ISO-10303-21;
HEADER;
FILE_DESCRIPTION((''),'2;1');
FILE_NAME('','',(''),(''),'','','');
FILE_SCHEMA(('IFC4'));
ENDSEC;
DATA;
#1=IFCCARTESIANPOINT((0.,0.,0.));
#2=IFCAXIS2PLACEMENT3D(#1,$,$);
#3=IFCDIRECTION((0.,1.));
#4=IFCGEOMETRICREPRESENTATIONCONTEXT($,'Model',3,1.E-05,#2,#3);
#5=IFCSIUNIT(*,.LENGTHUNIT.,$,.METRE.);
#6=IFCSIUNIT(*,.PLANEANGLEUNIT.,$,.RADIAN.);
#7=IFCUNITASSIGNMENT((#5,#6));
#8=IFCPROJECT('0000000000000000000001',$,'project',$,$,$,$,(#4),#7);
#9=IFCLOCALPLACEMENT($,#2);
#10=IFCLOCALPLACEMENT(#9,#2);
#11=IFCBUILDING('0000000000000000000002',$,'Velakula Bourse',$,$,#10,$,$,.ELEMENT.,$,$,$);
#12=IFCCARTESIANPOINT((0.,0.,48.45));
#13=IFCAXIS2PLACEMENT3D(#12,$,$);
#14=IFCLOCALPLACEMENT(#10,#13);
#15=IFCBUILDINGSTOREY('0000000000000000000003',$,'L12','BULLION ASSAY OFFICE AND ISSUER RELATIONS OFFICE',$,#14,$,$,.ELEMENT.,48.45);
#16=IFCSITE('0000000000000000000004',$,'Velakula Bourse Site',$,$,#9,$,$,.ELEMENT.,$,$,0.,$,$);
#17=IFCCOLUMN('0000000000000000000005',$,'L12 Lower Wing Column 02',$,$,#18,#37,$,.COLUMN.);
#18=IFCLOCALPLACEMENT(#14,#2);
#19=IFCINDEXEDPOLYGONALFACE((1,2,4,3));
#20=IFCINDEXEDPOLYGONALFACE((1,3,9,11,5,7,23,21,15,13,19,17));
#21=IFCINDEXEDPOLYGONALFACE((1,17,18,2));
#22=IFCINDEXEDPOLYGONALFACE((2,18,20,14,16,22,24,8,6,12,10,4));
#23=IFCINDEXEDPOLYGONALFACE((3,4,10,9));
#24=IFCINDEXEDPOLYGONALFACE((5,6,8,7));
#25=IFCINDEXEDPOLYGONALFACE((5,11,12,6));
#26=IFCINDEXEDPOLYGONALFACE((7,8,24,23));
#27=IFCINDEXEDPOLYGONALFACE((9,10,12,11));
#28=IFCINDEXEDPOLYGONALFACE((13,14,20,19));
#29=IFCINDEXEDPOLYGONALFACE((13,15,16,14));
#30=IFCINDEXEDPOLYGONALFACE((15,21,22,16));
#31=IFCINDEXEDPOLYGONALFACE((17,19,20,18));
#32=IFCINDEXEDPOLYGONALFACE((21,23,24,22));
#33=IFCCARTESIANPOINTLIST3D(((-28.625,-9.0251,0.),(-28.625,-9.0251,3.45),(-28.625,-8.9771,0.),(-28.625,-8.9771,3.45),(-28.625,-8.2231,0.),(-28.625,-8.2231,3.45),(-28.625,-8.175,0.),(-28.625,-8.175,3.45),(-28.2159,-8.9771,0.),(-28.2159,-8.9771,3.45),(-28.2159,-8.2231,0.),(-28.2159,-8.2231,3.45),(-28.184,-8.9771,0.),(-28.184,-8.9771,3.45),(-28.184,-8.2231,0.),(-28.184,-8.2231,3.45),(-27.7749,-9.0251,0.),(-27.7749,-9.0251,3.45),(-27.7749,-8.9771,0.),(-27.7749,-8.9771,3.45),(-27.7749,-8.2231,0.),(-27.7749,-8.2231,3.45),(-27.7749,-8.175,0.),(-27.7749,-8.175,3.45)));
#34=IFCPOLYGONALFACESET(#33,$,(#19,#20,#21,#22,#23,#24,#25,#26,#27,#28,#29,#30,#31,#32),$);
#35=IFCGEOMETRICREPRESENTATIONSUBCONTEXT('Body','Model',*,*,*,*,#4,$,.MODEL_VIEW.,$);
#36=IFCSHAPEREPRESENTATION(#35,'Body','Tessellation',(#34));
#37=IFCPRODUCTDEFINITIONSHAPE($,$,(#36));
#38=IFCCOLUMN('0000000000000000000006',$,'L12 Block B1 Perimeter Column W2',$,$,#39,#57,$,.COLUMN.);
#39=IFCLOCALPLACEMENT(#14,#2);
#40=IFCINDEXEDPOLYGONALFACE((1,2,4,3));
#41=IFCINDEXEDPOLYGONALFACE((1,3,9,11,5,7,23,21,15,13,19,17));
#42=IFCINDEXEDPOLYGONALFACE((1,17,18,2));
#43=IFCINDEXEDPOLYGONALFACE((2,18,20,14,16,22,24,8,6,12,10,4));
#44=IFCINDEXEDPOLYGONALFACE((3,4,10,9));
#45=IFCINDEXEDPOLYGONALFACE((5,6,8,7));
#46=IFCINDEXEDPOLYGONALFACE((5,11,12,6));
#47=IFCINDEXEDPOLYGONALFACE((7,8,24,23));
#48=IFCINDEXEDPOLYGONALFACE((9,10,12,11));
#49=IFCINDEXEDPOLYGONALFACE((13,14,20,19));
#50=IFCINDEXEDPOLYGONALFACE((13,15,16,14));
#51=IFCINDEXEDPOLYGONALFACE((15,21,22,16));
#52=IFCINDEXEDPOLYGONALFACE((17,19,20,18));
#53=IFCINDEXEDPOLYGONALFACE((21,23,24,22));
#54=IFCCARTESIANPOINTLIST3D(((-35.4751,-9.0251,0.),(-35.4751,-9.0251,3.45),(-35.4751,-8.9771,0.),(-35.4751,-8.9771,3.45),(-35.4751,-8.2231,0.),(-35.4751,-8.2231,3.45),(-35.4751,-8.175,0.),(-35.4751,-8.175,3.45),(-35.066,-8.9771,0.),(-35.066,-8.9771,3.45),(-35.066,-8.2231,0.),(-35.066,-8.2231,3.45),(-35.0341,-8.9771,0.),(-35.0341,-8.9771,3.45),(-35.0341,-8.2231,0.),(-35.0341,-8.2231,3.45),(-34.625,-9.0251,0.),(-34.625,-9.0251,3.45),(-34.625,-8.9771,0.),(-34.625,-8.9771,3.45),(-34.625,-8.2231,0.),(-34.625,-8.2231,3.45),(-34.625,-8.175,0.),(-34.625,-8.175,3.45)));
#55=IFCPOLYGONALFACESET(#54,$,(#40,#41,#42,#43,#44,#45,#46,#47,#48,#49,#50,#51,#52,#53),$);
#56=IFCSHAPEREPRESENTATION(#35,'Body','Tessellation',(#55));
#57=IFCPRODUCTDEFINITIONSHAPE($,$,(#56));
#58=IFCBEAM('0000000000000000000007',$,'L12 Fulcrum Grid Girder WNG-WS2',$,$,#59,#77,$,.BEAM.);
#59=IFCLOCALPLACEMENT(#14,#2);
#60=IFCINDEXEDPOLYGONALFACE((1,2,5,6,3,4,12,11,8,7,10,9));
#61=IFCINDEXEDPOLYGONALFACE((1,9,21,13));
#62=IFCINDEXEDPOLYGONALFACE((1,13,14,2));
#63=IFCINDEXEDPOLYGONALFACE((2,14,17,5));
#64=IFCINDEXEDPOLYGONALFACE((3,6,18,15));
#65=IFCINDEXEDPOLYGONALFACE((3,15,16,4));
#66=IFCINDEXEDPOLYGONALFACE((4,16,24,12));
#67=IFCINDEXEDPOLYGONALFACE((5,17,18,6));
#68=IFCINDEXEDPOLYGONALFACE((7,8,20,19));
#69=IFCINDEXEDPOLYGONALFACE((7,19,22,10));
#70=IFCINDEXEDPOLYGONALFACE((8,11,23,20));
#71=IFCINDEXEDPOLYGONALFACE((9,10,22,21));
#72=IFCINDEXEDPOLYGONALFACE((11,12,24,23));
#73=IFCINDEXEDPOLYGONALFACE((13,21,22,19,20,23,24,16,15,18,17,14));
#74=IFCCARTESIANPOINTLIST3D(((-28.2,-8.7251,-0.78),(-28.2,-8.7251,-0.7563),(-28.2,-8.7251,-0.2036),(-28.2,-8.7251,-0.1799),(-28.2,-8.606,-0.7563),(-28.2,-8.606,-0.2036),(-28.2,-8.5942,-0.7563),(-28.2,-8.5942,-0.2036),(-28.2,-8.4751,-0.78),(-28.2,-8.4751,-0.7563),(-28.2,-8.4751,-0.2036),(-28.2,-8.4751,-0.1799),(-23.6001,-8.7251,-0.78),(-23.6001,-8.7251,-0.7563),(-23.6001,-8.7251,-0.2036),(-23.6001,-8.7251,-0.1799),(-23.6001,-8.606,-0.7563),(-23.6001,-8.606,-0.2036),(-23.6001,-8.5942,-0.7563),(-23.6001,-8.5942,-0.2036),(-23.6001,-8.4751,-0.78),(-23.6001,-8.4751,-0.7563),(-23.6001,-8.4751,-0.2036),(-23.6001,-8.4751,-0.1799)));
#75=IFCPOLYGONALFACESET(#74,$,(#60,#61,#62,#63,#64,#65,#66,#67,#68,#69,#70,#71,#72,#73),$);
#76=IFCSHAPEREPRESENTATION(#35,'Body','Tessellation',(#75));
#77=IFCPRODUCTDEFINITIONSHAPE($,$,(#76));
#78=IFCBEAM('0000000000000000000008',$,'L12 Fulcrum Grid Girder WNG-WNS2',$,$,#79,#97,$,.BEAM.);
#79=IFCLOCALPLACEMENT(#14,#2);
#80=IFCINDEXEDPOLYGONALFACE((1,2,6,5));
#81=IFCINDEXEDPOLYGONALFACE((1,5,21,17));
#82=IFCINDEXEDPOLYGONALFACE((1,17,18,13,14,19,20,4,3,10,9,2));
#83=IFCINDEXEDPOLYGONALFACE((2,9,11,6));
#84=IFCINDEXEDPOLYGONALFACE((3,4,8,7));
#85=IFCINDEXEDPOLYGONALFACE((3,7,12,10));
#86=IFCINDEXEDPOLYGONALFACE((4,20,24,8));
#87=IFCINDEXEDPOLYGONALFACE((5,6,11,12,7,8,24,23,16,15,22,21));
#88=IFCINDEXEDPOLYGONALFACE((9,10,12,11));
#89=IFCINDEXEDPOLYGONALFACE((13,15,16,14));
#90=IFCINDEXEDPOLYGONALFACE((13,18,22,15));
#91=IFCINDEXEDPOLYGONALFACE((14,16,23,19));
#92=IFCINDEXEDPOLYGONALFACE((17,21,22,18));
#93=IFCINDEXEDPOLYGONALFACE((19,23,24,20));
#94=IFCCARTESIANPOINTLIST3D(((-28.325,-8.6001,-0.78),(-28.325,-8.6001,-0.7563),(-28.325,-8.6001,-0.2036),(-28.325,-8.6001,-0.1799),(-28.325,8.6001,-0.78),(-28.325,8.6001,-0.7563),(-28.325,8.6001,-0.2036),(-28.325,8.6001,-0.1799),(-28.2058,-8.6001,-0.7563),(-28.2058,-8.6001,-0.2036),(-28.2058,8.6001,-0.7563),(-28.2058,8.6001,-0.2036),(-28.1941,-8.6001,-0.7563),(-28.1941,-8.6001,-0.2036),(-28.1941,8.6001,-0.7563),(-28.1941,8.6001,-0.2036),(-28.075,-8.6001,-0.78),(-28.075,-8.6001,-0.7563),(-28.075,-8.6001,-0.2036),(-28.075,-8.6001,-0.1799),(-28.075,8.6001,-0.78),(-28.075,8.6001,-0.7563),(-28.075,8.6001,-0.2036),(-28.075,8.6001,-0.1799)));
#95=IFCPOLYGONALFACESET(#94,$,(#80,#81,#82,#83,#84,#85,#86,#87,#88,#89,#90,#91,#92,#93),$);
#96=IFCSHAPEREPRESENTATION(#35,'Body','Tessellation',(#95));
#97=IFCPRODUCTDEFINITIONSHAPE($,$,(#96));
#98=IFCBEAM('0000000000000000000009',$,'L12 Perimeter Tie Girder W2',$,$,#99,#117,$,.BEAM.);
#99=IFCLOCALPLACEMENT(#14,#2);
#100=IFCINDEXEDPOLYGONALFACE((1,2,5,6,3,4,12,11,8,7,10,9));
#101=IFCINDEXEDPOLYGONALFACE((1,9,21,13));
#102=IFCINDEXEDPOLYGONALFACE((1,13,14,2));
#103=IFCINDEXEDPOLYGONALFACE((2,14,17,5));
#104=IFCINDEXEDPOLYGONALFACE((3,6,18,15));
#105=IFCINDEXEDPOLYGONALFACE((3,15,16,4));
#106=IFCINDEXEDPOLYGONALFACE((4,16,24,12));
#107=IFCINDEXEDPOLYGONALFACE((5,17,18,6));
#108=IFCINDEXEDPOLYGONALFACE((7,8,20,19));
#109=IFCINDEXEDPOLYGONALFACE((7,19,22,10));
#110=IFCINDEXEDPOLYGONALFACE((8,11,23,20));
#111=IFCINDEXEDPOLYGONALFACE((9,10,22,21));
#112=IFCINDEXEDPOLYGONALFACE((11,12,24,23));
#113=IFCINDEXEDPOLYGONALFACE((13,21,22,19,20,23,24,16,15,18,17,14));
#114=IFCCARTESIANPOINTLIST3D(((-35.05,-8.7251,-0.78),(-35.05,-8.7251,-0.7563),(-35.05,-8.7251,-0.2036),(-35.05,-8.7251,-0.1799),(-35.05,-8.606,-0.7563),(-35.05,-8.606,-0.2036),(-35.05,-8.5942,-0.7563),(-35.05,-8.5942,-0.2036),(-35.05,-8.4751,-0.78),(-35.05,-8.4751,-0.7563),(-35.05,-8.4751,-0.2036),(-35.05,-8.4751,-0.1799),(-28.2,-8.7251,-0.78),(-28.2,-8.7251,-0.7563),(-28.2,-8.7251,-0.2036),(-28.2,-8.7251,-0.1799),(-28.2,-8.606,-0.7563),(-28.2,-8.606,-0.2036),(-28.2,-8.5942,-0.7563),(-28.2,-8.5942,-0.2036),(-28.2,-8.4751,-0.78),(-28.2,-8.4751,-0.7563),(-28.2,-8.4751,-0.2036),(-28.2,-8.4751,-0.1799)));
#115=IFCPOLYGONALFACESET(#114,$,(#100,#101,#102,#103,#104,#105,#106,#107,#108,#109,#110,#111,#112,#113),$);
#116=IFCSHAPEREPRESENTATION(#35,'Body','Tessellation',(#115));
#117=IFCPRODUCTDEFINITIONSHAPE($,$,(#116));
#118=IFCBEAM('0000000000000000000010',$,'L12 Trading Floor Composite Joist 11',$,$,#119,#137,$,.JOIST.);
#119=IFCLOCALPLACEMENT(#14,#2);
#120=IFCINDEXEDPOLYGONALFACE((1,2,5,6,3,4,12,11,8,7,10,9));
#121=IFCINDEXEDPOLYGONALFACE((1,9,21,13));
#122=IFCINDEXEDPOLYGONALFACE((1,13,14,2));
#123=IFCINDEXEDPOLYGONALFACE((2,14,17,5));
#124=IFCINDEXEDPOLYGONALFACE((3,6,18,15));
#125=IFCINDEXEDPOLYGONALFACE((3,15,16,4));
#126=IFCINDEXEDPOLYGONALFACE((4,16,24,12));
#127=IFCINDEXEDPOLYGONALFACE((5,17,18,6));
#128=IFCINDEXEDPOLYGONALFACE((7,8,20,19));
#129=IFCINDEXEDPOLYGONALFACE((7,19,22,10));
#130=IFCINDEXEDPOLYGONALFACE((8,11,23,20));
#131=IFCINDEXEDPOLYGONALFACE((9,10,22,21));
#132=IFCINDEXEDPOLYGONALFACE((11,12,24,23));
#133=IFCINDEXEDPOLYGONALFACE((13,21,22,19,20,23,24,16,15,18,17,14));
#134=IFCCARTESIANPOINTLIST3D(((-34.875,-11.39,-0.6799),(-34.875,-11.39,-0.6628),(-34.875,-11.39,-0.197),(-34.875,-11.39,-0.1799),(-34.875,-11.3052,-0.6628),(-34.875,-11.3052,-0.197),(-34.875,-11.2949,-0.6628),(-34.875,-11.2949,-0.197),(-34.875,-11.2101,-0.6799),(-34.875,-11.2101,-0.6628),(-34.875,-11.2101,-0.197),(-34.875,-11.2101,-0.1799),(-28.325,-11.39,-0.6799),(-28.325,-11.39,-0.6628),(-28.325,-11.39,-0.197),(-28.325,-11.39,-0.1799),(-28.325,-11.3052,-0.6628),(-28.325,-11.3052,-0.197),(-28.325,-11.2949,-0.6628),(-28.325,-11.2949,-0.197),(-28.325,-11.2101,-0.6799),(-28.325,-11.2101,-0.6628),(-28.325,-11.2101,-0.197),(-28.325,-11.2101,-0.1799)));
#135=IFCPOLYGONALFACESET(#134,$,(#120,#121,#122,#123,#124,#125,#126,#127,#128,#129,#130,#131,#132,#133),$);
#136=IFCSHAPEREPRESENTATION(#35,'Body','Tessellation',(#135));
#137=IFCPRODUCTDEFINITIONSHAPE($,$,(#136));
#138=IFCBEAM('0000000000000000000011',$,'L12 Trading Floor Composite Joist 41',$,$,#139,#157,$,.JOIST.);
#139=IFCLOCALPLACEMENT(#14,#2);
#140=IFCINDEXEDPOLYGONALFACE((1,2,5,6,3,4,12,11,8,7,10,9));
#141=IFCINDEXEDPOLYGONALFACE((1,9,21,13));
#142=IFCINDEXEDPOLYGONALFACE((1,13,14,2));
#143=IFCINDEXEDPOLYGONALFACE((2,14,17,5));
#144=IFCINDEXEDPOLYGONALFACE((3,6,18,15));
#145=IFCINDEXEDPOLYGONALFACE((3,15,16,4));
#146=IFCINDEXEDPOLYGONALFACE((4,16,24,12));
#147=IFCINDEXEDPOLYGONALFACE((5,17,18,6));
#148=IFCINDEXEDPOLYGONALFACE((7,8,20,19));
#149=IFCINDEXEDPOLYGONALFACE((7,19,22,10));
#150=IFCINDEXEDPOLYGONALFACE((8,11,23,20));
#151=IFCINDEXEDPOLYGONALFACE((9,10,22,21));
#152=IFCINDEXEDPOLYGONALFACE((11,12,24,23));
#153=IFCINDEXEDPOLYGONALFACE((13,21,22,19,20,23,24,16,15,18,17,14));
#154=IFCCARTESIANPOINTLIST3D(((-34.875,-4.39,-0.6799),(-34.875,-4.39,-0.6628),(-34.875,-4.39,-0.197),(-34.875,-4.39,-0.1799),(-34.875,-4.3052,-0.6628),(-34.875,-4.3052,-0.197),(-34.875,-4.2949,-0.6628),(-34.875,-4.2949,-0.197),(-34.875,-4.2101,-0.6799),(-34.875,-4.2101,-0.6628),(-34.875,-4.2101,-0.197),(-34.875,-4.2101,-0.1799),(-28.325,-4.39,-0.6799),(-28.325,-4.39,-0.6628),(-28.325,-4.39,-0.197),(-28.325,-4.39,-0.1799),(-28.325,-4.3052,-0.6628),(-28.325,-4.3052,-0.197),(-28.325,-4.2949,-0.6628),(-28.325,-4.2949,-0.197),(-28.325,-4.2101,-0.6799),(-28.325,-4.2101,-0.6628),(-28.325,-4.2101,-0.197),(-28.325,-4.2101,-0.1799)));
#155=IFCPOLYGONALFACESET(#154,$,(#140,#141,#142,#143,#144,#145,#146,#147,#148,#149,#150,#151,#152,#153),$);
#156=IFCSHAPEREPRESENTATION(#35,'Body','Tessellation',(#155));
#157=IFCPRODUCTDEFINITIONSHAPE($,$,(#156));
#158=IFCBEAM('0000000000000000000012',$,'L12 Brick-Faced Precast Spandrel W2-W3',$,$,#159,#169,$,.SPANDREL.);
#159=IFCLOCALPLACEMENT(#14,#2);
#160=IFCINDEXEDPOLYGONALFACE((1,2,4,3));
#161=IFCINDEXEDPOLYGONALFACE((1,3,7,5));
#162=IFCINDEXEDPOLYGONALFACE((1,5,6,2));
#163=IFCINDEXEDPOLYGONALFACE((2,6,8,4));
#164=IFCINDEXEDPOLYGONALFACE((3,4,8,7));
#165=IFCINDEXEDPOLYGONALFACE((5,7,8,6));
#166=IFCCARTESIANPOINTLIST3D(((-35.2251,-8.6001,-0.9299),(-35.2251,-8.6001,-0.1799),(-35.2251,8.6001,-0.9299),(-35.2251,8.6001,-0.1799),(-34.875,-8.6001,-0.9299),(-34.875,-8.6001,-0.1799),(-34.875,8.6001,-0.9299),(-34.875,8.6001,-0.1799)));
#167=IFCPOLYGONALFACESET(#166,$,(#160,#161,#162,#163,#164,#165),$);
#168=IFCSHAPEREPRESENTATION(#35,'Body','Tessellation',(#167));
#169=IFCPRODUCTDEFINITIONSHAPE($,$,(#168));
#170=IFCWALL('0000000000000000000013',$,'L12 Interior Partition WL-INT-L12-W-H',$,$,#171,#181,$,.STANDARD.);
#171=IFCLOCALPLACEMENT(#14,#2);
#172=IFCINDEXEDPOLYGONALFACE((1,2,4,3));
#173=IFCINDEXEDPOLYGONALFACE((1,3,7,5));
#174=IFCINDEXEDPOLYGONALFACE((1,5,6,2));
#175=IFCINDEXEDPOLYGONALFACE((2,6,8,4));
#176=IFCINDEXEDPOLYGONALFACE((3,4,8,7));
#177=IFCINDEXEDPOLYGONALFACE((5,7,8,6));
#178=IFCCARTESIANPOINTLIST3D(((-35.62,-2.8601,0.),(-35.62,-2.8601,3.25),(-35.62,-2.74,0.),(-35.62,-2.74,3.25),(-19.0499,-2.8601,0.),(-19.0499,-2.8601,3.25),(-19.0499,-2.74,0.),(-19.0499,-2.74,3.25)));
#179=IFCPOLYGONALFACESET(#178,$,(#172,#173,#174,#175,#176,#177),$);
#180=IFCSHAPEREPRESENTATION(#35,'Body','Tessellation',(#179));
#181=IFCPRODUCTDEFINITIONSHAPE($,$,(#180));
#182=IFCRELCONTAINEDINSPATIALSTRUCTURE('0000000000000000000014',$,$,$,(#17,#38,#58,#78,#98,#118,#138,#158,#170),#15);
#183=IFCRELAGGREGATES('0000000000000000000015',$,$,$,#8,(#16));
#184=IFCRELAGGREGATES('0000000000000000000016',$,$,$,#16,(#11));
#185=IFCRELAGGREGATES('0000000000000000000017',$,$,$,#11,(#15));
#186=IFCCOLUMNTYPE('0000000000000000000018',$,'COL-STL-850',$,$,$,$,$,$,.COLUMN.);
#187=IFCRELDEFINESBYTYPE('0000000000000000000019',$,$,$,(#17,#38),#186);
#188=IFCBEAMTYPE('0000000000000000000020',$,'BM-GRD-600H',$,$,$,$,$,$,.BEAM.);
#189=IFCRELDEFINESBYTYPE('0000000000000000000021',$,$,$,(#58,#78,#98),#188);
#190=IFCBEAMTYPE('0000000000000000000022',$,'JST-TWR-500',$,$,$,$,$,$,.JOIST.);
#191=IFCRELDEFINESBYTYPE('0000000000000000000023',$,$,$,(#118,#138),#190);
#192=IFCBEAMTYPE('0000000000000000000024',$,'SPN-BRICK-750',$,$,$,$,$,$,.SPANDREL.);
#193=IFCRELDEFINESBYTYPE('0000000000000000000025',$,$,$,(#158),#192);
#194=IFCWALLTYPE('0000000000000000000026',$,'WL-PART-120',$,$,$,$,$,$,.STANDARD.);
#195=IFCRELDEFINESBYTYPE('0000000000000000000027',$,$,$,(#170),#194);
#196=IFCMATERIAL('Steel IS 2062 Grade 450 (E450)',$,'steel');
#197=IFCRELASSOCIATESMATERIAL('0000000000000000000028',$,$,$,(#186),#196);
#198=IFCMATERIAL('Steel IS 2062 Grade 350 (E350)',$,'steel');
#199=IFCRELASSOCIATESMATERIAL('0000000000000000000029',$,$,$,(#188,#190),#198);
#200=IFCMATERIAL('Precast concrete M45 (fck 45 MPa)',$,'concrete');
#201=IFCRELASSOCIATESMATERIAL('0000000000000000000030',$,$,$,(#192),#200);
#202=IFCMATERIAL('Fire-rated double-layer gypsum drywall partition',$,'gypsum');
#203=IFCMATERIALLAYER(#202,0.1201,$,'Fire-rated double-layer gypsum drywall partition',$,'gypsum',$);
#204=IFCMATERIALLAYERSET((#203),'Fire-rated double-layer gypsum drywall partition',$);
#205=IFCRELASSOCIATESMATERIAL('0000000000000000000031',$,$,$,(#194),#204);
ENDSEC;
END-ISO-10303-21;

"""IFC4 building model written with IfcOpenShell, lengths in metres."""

from ifc_helpers import new_model, si_unit, direction, frame, frame_2d, origin, origin_2d, place, context, subcontext, project, spatial, rectangle, i_section, extrude, material, layer, layer_set, material_profile, profile_set, type_object, element, save


model = new_model("IFC4")

# Units and contexts
model_context = context("Model", 3, precision=1e-05, world=origin(), true_north=direction((0.0, 1.0)))
body_context = subcontext(model_context, "Body", "Model", "MODEL_VIEW")
ifc_project = project(units=[si_unit("LENGTHUNIT", "METRE"), si_unit("PLANEANGLEUNIT", "RADIAN")], contexts=[model_context])

# Site, building, storey
site_placement = place(None, origin())
site = spatial("IfcSite", under=ifc_project, at=site_placement, Name="Velakula Bourse Site", CompositionType="ELEMENT", RefElevation=0.0)
building_placement = place(site_placement, origin())
building = spatial("IfcBuilding", under=site, at=building_placement, Name="Velakula Bourse", CompositionType="ELEMENT")
storey_placement = place(building_placement, frame((0.0, 0.0, 48.45)))
storey = spatial("IfcBuildingStorey", under=building, at=storey_placement, Name="L12", Description="BULLION ASSAY OFFICE AND ISSUER RELATIONS OFFICE", CompositionType="ELEMENT", Elevation=48.45)

# Columns
ifc_material_1 = material(Name="Steel IS 2062 Grade 450 (E450)", Category="steel")
ifc_material_profile_1 = material_profile(ifc_material_1, i_section(OverallWidth=0.8501, OverallDepth=0.8501, WebThickness=0.032, FlangeThickness=0.0481, at=origin_2d()), Name="Steel IS 2062 Grade 450 (E450)")
ifc_profile_set_1 = profile_set([ifc_material_profile_1], Name="Steel IS 2062 Grade 450 (E450)")
column_type = type_object("IfcColumnType", Name="COL-STL-850", PredefinedType="COLUMN", material=ifc_profile_set_1)
for number, where, z_axis, x_axis, name in (
    (1, (-28.2, -8.6001, 0.0), (0.0, 0.0, 1.0), (1.0, 0.0, 0.0), "L12 Lower Wing Column 02"),
    (2, (-35.05, -8.6001, 0.0), (0.0, 0.0, 1.0), (1.0, 0.0, 0.0), "L12 Block B1 Perimeter Column W2"),
):
    element("IfcColumn", number, at=place(storey_placement, frame(where, z_axis=z_axis, x_axis=x_axis)), inside=storey, type_object=column_type, Name=name, PredefinedType="COLUMN", context=body_context, shape_type="SweptSolid", body=[
        extrude(i_section(OverallWidth=0.8501, OverallDepth=0.8501, WebThickness=0.032, FlangeThickness=0.0481, at=origin_2d()), origin(), (0.0, 0.0, 1.0), 3.45),
    ])

# Beams
ifc_material_2 = material(Name="Steel IS 2062 Grade 350 (E350)", Category="steel")
ifc_material_profile_2 = material_profile(ifc_material_2, i_section(OverallWidth=0.25, OverallDepth=0.6001, WebThickness=0.0117, FlangeThickness=0.0237, at=origin_2d()), Name="Steel IS 2062 Grade 350 (E350)")
ifc_profile_set_2 = profile_set([ifc_material_profile_2], Name="Steel IS 2062 Grade 350 (E350)")
beam_type_1 = type_object("IfcBeamType", Name="BM-GRD-600H", PredefinedType="BEAM", material=ifc_profile_set_2)
beam_1_placement = place(storey_placement, frame((-28.2, -8.6001, -0.48), z_axis=(1.0, 0.0, 0.0), x_axis=(0.0, 1.0, 0.0)))
element("IfcBeam", 3, at=beam_1_placement, inside=storey, type_object=beam_type_1, Name="L12 Fulcrum Grid Girder WNG-WS2", PredefinedType="BEAM", context=body_context, shape_type="SweptSolid", body=[
    extrude(i_section(OverallWidth=0.25, OverallDepth=0.6001, WebThickness=0.0117, FlangeThickness=0.0237, at=origin_2d()), origin(), (0.0, 0.0, 1.0), 4.5999),
])
beam_2_placement = place(storey_placement, frame((-28.2, -8.6001, -0.48), z_axis=(0.0, 1.0, 0.0), x_axis=(-1.0, 0.0, 0.0)))
element("IfcBeam", 4, at=beam_2_placement, inside=storey, type_object=beam_type_1, Name="L12 Fulcrum Grid Girder WNG-WNS2", PredefinedType="BEAM", context=body_context, shape_type="SweptSolid", body=[
    extrude(i_section(OverallWidth=0.25, OverallDepth=0.6001, WebThickness=0.0117, FlangeThickness=0.0237, at=origin_2d()), origin(), (0.0, 0.0, 1.0), 17.2002),
])
beam_3_placement = place(storey_placement, frame((-28.2, -8.6001, -0.48), z_axis=(-1.0, 0.0, 0.0), x_axis=(0.0, -1.0, 0.0)))
element("IfcBeam", 5, at=beam_3_placement, inside=storey, type_object=beam_type_1, Name="L12 Perimeter Tie Girder W2", PredefinedType="BEAM", context=body_context, shape_type="SweptSolid", body=[
    extrude(i_section(OverallWidth=0.25, OverallDepth=0.6001, WebThickness=0.0117, FlangeThickness=0.0237, at=origin_2d()), origin(), (0.0, 0.0, 1.0), 6.8501),
])
ifc_material_profile_3 = material_profile(ifc_material_2, i_section(OverallWidth=0.1799, OverallDepth=0.5, WebThickness=0.0103, FlangeThickness=0.0171, at=origin_2d()), Name="Steel IS 2062 Grade 350 (E350)")
ifc_profile_set_3 = profile_set([ifc_material_profile_3], Name="Steel IS 2062 Grade 350 (E350)")
beam_type_2 = type_object("IfcBeamType", Name="JST-TWR-500", PredefinedType="JOIST", material=ifc_profile_set_3)
for number, where, z_axis, x_axis, name in (
    (6, (-34.875, -11.3, -0.4299), (1.0, 0.0, 0.0), (0.0, 1.0, 0.0), "L12 Trading Floor Composite Joist 11"),
    (7, (-34.875, -4.3, -0.4299), (1.0, 0.0, 0.0), (0.0, 1.0, 0.0), "L12 Trading Floor Composite Joist 41"),
):
    element("IfcBeam", number, at=place(storey_placement, frame(where, z_axis=z_axis, x_axis=x_axis)), inside=storey, type_object=beam_type_2, Name=name, PredefinedType="JOIST", context=body_context, shape_type="SweptSolid", body=[
        extrude(i_section(OverallWidth=0.1799, OverallDepth=0.5, WebThickness=0.0103, FlangeThickness=0.0171, at=origin_2d()), origin(), (0.0, 0.0, 1.0), 6.55),
    ])
ifc_material_3 = material(Name="Precast concrete M45 (fck 45 MPa)", Category="concrete")
ifc_material_profile_4 = material_profile(ifc_material_3, rectangle(XDim=0.3501, YDim=0.75, at=origin_2d()), Name="Precast concrete M45 (fck 45 MPa)")
ifc_profile_set_4 = profile_set([ifc_material_profile_4], Name="Precast concrete M45 (fck 45 MPa)")
beam_type_3 = type_object("IfcBeamType", Name="SPN-BRICK-750", PredefinedType="SPANDREL", material=ifc_profile_set_4)
beam_4_placement = place(storey_placement, frame((-35.05, -8.6001, -0.5549), z_axis=(0.0, 1.0, 0.0), x_axis=(-1.0, 0.0, 0.0)))
element("IfcBeam", 8, at=beam_4_placement, inside=storey, type_object=beam_type_3, Name="L12 Brick-Faced Precast Spandrel W2-W3", PredefinedType="SPANDREL", context=body_context, shape_type="SweptSolid", body=[
    extrude(rectangle(XDim=0.3501, YDim=0.75, at=origin_2d()), origin(), (0.0, 0.0, 1.0), 17.2002),
])

# Wall
ifc_material_4 = material(Name="Fire-rated double-layer gypsum drywall partition", Category="gypsum")
ifc_layer_1 = layer(ifc_material_4, 0.1201, Name="Fire-rated double-layer gypsum drywall partition", Category="gypsum")
ifc_layer_set_1 = layer_set([ifc_layer_1], Name="Fire-rated double-layer gypsum drywall partition")
wall_type_1 = type_object("IfcWallType", Name="WL-PART-120", PredefinedType="STANDARD", material=ifc_layer_set_1)
wall_1_placement = place(storey_placement, frame((-35.6201, -2.8, 0.0), z_axis=(0.0, 0.0, 1.0), x_axis=(1.0, 0.0, 0.0)))
element("IfcWall", 9, at=wall_1_placement, inside=storey, type_object=wall_type_1, Name="L12 Interior Partition WL-INT-L12-W-H", PredefinedType="STANDARD", context=body_context, shape_type="SweptSolid", body=[
    extrude(rectangle(XDim=16.5701, YDim=0.1201, at=frame_2d((8.2852, 0.0))), origin(), (0.0, 0.0, 1.0), 3.25),
])

save(model, "model.ifc")
